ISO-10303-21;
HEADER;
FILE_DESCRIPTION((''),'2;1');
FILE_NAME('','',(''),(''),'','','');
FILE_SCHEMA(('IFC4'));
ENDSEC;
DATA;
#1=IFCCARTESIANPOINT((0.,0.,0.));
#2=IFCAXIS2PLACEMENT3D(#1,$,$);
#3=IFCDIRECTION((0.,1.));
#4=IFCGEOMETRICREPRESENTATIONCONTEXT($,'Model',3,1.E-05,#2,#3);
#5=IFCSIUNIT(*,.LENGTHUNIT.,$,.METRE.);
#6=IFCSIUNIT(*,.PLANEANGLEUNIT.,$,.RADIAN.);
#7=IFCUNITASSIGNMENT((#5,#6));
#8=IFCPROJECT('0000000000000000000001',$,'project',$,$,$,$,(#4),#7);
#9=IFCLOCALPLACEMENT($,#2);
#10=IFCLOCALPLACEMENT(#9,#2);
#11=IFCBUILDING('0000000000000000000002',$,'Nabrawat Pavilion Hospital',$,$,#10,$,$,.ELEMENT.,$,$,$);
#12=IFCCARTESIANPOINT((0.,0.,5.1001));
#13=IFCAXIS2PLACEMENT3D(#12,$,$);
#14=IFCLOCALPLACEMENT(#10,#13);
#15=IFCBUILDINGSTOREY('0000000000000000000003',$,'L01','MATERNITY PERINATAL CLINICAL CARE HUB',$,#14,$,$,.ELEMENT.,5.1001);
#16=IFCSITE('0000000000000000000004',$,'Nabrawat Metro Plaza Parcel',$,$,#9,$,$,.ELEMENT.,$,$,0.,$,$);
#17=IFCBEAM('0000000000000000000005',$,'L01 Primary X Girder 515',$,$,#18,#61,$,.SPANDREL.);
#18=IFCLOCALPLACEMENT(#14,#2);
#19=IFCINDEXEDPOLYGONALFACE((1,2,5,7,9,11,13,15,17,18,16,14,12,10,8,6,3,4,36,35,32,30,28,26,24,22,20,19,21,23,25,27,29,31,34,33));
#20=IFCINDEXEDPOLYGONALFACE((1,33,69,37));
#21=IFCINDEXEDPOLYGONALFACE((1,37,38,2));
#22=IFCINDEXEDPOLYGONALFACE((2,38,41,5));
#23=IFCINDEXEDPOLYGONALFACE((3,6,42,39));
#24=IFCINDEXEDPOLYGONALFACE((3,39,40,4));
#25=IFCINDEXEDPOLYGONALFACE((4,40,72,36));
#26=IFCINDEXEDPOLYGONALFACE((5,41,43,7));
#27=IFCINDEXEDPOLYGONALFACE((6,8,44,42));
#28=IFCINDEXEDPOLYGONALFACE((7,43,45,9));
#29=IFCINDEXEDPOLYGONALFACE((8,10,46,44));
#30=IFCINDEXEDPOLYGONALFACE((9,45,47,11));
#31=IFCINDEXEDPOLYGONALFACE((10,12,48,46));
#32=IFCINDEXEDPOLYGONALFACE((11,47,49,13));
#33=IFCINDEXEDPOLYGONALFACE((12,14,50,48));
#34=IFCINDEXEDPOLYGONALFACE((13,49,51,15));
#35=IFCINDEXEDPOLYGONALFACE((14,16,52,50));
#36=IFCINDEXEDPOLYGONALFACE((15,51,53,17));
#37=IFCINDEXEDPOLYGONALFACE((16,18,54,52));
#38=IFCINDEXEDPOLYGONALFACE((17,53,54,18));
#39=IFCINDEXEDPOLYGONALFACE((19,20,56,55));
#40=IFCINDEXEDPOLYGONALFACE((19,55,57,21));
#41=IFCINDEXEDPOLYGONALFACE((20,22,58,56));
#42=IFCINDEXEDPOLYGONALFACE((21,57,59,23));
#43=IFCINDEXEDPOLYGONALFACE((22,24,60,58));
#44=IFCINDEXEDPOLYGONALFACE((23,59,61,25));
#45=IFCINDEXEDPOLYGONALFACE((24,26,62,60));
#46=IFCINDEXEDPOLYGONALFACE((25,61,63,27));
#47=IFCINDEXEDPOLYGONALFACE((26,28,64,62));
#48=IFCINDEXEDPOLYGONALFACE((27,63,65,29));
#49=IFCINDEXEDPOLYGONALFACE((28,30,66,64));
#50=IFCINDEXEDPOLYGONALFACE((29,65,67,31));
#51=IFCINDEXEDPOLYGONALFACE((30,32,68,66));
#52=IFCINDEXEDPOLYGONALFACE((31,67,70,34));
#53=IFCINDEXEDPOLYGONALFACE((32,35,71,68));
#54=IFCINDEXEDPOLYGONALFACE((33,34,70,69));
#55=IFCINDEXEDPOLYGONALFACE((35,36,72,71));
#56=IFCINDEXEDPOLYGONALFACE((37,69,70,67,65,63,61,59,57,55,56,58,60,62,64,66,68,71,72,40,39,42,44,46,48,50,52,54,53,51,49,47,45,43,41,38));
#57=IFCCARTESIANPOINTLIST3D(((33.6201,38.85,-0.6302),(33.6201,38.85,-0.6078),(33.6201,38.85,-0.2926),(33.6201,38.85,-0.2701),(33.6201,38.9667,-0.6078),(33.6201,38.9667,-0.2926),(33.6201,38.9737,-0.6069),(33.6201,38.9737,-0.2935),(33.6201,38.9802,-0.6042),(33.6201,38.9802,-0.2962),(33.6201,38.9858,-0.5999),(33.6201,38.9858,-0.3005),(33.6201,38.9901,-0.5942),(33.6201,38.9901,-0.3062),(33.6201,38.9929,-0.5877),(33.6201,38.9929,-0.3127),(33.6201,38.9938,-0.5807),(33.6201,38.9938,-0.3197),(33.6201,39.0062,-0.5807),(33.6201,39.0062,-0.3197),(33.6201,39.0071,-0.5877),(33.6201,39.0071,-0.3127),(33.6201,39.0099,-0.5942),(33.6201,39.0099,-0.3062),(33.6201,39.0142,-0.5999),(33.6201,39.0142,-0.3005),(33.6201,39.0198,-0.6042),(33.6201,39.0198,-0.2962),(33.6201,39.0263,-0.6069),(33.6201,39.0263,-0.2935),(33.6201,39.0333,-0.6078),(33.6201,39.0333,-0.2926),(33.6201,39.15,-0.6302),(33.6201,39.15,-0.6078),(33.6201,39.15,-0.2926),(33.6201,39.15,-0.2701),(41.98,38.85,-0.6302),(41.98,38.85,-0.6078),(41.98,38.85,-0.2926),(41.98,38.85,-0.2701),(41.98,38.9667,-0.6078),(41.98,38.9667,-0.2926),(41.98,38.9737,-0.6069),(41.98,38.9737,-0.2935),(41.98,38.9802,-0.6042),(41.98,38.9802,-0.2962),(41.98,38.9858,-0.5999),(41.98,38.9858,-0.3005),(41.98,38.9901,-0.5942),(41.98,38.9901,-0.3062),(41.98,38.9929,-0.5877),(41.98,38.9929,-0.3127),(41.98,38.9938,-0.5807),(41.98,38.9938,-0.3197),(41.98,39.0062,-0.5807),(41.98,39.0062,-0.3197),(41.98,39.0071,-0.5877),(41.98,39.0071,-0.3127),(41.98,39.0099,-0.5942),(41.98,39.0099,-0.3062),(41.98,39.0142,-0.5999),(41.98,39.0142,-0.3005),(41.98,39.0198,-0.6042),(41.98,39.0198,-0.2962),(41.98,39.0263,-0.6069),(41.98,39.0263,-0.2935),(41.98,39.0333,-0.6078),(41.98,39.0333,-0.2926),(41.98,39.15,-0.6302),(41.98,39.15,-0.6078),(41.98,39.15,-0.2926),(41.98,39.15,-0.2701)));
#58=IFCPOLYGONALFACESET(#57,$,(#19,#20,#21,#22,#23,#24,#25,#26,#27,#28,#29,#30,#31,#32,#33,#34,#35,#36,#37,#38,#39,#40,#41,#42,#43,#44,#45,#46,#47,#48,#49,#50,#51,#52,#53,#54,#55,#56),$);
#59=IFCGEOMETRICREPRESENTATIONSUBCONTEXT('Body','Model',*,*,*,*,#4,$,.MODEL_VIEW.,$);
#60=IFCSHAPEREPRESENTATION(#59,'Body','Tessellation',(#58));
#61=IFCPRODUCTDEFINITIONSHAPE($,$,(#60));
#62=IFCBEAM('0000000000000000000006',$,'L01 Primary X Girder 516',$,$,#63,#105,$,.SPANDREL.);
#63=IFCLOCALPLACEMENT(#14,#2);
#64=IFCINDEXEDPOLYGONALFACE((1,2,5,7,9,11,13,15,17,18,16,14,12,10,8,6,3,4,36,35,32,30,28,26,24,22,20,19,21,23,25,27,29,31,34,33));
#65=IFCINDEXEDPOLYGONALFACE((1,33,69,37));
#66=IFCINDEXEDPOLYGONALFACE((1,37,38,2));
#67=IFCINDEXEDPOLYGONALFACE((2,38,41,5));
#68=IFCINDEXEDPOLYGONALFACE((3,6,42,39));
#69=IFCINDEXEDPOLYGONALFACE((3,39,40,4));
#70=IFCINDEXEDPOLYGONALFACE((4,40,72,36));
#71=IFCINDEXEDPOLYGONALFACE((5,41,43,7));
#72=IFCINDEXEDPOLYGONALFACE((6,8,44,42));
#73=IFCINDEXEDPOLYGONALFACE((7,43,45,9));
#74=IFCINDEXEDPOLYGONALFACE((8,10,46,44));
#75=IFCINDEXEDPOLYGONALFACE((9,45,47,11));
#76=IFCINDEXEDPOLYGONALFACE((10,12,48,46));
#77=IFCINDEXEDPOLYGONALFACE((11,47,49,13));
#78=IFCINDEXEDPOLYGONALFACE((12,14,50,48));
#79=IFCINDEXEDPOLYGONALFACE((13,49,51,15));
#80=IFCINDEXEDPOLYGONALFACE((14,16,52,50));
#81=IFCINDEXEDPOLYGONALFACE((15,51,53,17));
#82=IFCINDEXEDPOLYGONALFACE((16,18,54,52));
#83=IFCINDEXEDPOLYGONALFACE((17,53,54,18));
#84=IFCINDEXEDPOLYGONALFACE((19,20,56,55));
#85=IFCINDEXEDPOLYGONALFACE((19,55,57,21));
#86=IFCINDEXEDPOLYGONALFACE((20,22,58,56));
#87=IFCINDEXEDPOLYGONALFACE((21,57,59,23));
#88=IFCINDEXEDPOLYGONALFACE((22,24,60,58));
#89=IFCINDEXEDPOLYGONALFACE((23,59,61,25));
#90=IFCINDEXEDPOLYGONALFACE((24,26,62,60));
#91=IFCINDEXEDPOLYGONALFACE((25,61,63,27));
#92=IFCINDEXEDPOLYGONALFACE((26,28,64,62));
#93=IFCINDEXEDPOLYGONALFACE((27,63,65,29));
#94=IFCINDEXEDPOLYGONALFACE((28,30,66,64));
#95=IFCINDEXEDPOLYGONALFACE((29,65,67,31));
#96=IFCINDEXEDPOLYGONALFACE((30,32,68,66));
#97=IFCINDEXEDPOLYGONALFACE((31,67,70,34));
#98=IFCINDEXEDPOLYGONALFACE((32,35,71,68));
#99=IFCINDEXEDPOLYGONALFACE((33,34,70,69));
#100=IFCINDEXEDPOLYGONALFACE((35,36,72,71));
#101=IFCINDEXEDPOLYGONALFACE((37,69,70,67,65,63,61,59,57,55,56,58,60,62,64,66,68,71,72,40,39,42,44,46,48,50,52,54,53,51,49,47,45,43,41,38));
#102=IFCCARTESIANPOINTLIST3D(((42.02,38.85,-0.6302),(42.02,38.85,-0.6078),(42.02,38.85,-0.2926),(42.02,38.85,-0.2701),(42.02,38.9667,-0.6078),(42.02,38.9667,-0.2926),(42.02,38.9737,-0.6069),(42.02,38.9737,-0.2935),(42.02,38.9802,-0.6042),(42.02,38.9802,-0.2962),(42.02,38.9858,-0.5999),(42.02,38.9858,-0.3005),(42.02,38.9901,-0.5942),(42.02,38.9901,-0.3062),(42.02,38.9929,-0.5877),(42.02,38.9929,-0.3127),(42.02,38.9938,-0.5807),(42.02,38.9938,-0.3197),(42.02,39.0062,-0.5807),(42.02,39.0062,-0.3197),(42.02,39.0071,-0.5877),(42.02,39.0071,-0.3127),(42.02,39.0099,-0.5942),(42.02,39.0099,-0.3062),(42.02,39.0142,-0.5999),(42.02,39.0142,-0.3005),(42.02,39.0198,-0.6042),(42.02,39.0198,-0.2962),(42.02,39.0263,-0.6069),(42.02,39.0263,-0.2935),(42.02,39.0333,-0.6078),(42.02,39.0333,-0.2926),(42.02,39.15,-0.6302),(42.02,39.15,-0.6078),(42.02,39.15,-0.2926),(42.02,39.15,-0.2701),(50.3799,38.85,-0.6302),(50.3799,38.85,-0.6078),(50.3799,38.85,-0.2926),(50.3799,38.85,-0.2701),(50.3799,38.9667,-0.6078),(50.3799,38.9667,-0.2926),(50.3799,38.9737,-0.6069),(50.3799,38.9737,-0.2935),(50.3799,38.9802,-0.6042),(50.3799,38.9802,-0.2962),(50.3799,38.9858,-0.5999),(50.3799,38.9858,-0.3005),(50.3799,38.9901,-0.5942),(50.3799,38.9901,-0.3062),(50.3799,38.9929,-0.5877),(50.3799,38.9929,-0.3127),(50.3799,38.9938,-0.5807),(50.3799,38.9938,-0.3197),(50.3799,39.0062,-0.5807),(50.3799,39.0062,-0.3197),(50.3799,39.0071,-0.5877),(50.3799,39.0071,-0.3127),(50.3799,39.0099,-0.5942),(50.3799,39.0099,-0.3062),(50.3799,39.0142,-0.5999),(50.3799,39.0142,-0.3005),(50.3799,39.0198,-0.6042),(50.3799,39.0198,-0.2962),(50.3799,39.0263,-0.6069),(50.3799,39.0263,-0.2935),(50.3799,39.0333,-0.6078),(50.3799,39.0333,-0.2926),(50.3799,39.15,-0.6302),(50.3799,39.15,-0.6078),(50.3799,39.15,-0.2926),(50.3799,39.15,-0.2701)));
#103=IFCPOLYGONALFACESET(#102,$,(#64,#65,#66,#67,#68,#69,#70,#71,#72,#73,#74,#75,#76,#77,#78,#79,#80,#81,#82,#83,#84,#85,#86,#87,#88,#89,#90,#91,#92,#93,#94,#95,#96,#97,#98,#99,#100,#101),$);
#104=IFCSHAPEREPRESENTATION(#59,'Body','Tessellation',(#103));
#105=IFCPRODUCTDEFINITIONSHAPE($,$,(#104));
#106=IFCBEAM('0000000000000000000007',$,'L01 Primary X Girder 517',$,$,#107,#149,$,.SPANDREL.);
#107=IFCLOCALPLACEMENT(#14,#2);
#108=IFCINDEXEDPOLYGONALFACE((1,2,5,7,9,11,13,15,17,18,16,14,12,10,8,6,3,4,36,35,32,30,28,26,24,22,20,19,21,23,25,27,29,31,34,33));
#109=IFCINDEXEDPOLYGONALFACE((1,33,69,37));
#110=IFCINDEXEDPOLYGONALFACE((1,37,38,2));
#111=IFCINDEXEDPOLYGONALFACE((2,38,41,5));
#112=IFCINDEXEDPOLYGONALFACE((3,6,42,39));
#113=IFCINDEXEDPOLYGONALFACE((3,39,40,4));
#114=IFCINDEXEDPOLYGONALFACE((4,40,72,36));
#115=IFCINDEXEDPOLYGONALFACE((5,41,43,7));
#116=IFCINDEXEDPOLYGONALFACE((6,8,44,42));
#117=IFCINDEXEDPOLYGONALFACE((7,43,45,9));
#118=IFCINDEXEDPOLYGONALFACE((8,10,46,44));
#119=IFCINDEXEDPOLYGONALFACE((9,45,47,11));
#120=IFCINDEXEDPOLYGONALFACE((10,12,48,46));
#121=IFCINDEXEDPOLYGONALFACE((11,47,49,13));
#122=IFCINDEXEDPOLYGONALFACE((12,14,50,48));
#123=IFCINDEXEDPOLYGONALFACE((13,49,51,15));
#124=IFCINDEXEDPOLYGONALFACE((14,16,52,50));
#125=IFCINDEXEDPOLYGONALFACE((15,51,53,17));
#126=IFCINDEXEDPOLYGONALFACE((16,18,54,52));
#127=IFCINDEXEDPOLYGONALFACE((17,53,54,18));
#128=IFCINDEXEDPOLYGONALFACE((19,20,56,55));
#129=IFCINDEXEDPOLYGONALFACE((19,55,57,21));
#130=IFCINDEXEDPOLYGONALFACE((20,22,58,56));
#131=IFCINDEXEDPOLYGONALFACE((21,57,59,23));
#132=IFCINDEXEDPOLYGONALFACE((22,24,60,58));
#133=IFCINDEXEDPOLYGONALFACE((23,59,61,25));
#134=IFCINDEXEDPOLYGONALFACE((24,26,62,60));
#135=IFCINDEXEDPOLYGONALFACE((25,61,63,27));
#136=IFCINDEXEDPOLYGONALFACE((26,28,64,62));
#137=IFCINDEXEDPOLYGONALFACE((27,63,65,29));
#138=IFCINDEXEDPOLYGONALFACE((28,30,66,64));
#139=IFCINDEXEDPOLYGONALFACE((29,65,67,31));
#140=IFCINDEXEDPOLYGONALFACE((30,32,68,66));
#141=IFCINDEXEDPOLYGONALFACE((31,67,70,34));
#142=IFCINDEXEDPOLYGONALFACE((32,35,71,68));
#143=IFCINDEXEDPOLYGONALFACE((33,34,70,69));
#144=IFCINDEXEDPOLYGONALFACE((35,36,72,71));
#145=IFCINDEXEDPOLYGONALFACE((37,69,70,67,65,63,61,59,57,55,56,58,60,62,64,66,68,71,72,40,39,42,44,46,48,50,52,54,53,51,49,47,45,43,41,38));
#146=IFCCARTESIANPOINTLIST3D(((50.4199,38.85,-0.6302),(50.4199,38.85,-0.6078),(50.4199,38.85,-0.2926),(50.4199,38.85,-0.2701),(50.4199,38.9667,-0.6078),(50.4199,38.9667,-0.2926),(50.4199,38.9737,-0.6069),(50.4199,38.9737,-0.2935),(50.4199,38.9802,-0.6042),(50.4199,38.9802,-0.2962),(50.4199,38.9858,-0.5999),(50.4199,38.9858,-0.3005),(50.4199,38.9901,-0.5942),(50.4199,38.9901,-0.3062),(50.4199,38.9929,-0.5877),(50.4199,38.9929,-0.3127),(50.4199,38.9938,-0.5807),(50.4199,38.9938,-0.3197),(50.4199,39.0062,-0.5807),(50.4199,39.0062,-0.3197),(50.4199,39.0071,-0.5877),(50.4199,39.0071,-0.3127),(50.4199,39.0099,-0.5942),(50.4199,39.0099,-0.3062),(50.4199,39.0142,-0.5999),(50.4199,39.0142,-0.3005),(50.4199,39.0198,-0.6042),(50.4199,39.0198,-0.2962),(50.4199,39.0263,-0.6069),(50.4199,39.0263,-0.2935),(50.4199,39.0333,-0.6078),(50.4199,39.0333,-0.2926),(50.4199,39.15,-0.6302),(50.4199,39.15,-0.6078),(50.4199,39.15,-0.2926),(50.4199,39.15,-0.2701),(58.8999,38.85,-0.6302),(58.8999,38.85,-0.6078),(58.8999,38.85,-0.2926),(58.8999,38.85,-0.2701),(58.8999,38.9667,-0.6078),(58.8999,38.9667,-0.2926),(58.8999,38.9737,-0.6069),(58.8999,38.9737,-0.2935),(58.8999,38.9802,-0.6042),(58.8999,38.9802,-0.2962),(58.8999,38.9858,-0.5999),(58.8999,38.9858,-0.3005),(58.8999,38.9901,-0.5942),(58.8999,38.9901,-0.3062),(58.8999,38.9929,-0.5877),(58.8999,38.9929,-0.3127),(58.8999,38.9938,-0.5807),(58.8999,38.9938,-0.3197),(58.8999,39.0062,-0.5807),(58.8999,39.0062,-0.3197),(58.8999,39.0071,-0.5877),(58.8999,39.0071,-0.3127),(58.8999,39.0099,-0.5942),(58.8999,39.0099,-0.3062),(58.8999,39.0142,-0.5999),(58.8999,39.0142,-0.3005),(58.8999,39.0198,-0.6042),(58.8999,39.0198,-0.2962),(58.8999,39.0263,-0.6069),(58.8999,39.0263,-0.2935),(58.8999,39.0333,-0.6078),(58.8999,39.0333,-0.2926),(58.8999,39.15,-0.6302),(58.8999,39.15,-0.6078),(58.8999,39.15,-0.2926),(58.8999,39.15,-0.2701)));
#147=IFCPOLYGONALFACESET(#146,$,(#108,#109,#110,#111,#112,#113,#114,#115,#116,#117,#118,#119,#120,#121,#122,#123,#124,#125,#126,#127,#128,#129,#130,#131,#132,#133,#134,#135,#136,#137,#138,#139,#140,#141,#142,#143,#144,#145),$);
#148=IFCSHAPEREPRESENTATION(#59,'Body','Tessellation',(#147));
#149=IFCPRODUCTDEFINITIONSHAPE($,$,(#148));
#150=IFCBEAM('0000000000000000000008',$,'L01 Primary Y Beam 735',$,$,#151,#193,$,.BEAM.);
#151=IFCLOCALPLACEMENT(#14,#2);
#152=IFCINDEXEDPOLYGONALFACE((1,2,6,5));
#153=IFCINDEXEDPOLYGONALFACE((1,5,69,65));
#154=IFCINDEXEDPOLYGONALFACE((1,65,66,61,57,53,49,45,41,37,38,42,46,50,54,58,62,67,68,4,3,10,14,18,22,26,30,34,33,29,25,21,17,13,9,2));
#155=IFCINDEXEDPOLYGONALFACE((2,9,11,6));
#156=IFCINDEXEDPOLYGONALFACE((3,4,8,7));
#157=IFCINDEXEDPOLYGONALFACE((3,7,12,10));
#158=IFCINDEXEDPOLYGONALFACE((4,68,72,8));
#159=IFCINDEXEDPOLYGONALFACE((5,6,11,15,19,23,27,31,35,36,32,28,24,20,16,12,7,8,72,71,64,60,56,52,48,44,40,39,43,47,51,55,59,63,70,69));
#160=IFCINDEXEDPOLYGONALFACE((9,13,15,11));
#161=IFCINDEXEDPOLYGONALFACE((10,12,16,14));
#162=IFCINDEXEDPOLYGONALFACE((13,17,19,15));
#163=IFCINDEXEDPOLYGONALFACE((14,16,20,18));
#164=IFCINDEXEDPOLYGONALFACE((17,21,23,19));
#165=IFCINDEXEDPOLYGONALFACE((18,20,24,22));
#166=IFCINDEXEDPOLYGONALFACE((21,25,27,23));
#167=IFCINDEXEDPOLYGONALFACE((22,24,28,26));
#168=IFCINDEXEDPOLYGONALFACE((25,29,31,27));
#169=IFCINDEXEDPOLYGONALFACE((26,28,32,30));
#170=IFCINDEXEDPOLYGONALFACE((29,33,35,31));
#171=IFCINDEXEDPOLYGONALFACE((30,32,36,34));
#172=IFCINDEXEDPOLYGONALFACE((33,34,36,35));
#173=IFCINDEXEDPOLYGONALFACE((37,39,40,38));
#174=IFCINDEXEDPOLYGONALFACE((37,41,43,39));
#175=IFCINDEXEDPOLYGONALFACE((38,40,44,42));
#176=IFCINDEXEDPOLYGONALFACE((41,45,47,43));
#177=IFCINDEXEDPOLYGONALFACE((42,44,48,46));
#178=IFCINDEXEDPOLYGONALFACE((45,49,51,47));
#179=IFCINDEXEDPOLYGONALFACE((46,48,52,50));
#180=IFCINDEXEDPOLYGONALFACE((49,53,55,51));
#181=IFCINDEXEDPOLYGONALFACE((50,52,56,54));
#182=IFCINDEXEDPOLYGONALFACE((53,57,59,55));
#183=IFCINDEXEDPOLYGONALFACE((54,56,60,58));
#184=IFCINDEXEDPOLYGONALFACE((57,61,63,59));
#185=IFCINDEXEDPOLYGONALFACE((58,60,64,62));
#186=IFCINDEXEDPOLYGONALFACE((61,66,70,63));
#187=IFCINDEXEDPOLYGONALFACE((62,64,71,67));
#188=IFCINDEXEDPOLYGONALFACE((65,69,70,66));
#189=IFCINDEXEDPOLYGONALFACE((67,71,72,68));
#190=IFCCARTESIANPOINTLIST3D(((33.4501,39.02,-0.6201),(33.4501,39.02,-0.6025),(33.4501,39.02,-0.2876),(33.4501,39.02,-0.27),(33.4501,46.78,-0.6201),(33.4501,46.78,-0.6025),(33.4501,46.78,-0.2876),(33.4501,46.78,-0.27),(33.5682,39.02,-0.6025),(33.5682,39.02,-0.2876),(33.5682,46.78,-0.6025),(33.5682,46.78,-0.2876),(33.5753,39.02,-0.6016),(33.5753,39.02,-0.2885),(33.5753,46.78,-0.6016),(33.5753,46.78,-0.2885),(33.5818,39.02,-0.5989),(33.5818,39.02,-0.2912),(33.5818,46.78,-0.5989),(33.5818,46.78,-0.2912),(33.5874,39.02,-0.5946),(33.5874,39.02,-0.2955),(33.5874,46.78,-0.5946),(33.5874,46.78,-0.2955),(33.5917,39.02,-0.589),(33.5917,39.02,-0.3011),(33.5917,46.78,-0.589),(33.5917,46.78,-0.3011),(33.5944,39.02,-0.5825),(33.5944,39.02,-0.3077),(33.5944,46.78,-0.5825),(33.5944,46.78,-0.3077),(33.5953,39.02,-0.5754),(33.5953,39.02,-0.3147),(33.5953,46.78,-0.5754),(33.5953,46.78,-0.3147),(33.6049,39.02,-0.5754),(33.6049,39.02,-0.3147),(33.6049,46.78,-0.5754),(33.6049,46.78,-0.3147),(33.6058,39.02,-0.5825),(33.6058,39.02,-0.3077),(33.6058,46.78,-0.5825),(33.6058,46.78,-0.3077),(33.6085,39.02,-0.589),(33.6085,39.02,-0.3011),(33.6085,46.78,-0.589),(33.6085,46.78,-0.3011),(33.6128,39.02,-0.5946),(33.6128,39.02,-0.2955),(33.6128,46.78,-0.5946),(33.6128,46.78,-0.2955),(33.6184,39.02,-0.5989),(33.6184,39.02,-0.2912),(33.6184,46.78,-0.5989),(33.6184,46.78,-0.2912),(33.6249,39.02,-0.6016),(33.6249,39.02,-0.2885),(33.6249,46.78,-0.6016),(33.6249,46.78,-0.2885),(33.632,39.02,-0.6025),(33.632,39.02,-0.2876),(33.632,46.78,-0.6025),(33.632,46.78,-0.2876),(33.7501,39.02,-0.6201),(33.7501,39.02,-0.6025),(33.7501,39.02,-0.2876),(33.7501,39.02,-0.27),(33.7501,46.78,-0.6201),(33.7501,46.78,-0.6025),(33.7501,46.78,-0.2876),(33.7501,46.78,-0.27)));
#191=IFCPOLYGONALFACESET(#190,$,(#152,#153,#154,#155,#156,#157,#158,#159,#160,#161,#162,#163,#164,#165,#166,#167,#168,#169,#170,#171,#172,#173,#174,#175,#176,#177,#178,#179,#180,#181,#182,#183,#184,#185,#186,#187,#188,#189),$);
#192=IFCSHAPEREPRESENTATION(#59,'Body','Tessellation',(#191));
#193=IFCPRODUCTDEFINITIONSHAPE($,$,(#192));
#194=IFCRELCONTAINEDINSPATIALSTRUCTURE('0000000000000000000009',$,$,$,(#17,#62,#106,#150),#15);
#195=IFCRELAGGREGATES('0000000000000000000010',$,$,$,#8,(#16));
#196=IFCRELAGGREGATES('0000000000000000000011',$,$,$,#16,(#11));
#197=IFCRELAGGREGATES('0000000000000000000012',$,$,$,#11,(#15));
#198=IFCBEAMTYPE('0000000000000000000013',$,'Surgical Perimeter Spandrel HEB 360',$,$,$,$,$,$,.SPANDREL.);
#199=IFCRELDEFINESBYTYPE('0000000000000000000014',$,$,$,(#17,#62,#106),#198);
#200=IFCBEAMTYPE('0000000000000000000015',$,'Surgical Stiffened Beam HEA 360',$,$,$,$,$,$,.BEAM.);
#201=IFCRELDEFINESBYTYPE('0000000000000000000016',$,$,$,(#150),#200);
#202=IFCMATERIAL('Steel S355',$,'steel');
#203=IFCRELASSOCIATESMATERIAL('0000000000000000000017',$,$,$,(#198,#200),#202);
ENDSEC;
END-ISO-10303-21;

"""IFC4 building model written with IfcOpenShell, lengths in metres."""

from ifc_helpers import new_model, si_unit, direction, frame, origin, origin_2d, place, context, subcontext, project, spatial, i_section, extrude, material, material_profile, profile_set, type_object, element, save


model = new_model("IFC4")

# Units and contexts
model_context = context("Model", 3, precision=1e-05, world=origin(), true_north=direction((0.0, 1.0)))
body_context = subcontext(model_context, "Body", "Model", "MODEL_VIEW")
ifc_project = project(units=[si_unit("LENGTHUNIT", "METRE"), si_unit("PLANEANGLEUNIT", "RADIAN")], contexts=[model_context])

# Site, building, storey
site_placement = place(None, origin())
site = spatial("IfcSite", under=ifc_project, at=site_placement, Name="Nabrawat Metro Plaza Parcel", CompositionType="ELEMENT", RefElevation=0.0)
building_placement = place(site_placement, origin())
building = spatial("IfcBuilding", under=site, at=building_placement, Name="Nabrawat Pavilion Hospital", CompositionType="ELEMENT")
storey_placement = place(building_placement, frame((0.0, 0.0, 5.1001)))
storey = spatial("IfcBuildingStorey", under=building, at=storey_placement, Name="L01", Description="MATERNITY PERINATAL CLINICAL CARE HUB", CompositionType="ELEMENT", Elevation=5.1001)

# Shared definitions
ifc_material_1 = material(Name="Steel S355", Category="steel")

# Beams
ifc_material_profile_1 = material_profile(ifc_material_1, i_section(OverallWidth=0.3, OverallDepth=0.3601, WebThickness=0.0125, FlangeThickness=0.0225, FilletRadius=0.0271, at=origin_2d()), Name="HEB 360")
ifc_profile_set_1 = profile_set([ifc_material_profile_1], Name="Steel S355")
beam_type_1 = type_object("IfcBeamType", Name="Surgical Perimeter Spandrel HEB 360", PredefinedType="SPANDREL", material=ifc_profile_set_1)
for number, where, z_axis, x_axis, name in (
    (1, (33.6201, 39.0, -0.4502), (1.0, 0.0, 0.0), (0.0, 1.0, 0.0), "L01 Primary X Girder 515"),
    (2, (42.02, 39.0, -0.4502), (1.0, 0.0, 0.0), (0.0, 1.0, 0.0), "L01 Primary X Girder 516"),
):
    element("IfcBeam", number, at=place(storey_placement, frame(where, z_axis=z_axis, x_axis=x_axis)), inside=storey, type_object=beam_type_1, Name=name, PredefinedType="SPANDREL", context=body_context, shape_type="SweptSolid", body=[
        extrude(i_section(OverallWidth=0.3, OverallDepth=0.3601, WebThickness=0.0125, FlangeThickness=0.0225, FilletRadius=0.0271, at=origin_2d()), origin(), (0.0, 0.0, 1.0), 8.3599),
    ])
beam_1_placement = place(storey_placement, frame((50.4199, 39.0, -0.4502), z_axis=(1.0, 0.0, 0.0), x_axis=(0.0, 1.0, 0.0)))
element("IfcBeam", 3, at=beam_1_placement, inside=storey, type_object=beam_type_1, Name="L01 Primary X Girder 517", PredefinedType="SPANDREL", context=body_context, shape_type="SweptSolid", body=[
    extrude(i_section(OverallWidth=0.3, OverallDepth=0.3601, WebThickness=0.0125, FlangeThickness=0.0225, FilletRadius=0.0271, at=origin_2d()), origin(), (0.0, 0.0, 1.0), 8.48),
])
ifc_material_profile_2 = material_profile(ifc_material_1, i_section(OverallWidth=0.3, OverallDepth=0.3501, WebThickness=0.0095, FlangeThickness=0.0176, FilletRadius=0.0271, at=origin_2d()), Name="HEA 360")
ifc_profile_set_2 = profile_set([ifc_material_profile_2], Name="Steel S355")
beam_type_2 = type_object("IfcBeamType", Name="Surgical Stiffened Beam HEA 360", PredefinedType="BEAM", material=ifc_profile_set_2)
beam_2_placement = place(storey_placement, frame((33.6001, 39.02, -0.4451), z_axis=(0.0, 1.0, 0.0), x_axis=(-1.0, 0.0, 0.0)))
element("IfcBeam", 4, at=beam_2_placement, inside=storey, type_object=beam_type_2, Name="L01 Primary Y Beam 735", PredefinedType="BEAM", context=body_context, shape_type="SweptSolid", body=[
    extrude(i_section(OverallWidth=0.3, OverallDepth=0.3501, WebThickness=0.0095, FlangeThickness=0.0176, FilletRadius=0.0271, at=origin_2d()), origin(), (0.0, 0.0, 1.0), 7.76),
])

save(model, "model.ifc")
